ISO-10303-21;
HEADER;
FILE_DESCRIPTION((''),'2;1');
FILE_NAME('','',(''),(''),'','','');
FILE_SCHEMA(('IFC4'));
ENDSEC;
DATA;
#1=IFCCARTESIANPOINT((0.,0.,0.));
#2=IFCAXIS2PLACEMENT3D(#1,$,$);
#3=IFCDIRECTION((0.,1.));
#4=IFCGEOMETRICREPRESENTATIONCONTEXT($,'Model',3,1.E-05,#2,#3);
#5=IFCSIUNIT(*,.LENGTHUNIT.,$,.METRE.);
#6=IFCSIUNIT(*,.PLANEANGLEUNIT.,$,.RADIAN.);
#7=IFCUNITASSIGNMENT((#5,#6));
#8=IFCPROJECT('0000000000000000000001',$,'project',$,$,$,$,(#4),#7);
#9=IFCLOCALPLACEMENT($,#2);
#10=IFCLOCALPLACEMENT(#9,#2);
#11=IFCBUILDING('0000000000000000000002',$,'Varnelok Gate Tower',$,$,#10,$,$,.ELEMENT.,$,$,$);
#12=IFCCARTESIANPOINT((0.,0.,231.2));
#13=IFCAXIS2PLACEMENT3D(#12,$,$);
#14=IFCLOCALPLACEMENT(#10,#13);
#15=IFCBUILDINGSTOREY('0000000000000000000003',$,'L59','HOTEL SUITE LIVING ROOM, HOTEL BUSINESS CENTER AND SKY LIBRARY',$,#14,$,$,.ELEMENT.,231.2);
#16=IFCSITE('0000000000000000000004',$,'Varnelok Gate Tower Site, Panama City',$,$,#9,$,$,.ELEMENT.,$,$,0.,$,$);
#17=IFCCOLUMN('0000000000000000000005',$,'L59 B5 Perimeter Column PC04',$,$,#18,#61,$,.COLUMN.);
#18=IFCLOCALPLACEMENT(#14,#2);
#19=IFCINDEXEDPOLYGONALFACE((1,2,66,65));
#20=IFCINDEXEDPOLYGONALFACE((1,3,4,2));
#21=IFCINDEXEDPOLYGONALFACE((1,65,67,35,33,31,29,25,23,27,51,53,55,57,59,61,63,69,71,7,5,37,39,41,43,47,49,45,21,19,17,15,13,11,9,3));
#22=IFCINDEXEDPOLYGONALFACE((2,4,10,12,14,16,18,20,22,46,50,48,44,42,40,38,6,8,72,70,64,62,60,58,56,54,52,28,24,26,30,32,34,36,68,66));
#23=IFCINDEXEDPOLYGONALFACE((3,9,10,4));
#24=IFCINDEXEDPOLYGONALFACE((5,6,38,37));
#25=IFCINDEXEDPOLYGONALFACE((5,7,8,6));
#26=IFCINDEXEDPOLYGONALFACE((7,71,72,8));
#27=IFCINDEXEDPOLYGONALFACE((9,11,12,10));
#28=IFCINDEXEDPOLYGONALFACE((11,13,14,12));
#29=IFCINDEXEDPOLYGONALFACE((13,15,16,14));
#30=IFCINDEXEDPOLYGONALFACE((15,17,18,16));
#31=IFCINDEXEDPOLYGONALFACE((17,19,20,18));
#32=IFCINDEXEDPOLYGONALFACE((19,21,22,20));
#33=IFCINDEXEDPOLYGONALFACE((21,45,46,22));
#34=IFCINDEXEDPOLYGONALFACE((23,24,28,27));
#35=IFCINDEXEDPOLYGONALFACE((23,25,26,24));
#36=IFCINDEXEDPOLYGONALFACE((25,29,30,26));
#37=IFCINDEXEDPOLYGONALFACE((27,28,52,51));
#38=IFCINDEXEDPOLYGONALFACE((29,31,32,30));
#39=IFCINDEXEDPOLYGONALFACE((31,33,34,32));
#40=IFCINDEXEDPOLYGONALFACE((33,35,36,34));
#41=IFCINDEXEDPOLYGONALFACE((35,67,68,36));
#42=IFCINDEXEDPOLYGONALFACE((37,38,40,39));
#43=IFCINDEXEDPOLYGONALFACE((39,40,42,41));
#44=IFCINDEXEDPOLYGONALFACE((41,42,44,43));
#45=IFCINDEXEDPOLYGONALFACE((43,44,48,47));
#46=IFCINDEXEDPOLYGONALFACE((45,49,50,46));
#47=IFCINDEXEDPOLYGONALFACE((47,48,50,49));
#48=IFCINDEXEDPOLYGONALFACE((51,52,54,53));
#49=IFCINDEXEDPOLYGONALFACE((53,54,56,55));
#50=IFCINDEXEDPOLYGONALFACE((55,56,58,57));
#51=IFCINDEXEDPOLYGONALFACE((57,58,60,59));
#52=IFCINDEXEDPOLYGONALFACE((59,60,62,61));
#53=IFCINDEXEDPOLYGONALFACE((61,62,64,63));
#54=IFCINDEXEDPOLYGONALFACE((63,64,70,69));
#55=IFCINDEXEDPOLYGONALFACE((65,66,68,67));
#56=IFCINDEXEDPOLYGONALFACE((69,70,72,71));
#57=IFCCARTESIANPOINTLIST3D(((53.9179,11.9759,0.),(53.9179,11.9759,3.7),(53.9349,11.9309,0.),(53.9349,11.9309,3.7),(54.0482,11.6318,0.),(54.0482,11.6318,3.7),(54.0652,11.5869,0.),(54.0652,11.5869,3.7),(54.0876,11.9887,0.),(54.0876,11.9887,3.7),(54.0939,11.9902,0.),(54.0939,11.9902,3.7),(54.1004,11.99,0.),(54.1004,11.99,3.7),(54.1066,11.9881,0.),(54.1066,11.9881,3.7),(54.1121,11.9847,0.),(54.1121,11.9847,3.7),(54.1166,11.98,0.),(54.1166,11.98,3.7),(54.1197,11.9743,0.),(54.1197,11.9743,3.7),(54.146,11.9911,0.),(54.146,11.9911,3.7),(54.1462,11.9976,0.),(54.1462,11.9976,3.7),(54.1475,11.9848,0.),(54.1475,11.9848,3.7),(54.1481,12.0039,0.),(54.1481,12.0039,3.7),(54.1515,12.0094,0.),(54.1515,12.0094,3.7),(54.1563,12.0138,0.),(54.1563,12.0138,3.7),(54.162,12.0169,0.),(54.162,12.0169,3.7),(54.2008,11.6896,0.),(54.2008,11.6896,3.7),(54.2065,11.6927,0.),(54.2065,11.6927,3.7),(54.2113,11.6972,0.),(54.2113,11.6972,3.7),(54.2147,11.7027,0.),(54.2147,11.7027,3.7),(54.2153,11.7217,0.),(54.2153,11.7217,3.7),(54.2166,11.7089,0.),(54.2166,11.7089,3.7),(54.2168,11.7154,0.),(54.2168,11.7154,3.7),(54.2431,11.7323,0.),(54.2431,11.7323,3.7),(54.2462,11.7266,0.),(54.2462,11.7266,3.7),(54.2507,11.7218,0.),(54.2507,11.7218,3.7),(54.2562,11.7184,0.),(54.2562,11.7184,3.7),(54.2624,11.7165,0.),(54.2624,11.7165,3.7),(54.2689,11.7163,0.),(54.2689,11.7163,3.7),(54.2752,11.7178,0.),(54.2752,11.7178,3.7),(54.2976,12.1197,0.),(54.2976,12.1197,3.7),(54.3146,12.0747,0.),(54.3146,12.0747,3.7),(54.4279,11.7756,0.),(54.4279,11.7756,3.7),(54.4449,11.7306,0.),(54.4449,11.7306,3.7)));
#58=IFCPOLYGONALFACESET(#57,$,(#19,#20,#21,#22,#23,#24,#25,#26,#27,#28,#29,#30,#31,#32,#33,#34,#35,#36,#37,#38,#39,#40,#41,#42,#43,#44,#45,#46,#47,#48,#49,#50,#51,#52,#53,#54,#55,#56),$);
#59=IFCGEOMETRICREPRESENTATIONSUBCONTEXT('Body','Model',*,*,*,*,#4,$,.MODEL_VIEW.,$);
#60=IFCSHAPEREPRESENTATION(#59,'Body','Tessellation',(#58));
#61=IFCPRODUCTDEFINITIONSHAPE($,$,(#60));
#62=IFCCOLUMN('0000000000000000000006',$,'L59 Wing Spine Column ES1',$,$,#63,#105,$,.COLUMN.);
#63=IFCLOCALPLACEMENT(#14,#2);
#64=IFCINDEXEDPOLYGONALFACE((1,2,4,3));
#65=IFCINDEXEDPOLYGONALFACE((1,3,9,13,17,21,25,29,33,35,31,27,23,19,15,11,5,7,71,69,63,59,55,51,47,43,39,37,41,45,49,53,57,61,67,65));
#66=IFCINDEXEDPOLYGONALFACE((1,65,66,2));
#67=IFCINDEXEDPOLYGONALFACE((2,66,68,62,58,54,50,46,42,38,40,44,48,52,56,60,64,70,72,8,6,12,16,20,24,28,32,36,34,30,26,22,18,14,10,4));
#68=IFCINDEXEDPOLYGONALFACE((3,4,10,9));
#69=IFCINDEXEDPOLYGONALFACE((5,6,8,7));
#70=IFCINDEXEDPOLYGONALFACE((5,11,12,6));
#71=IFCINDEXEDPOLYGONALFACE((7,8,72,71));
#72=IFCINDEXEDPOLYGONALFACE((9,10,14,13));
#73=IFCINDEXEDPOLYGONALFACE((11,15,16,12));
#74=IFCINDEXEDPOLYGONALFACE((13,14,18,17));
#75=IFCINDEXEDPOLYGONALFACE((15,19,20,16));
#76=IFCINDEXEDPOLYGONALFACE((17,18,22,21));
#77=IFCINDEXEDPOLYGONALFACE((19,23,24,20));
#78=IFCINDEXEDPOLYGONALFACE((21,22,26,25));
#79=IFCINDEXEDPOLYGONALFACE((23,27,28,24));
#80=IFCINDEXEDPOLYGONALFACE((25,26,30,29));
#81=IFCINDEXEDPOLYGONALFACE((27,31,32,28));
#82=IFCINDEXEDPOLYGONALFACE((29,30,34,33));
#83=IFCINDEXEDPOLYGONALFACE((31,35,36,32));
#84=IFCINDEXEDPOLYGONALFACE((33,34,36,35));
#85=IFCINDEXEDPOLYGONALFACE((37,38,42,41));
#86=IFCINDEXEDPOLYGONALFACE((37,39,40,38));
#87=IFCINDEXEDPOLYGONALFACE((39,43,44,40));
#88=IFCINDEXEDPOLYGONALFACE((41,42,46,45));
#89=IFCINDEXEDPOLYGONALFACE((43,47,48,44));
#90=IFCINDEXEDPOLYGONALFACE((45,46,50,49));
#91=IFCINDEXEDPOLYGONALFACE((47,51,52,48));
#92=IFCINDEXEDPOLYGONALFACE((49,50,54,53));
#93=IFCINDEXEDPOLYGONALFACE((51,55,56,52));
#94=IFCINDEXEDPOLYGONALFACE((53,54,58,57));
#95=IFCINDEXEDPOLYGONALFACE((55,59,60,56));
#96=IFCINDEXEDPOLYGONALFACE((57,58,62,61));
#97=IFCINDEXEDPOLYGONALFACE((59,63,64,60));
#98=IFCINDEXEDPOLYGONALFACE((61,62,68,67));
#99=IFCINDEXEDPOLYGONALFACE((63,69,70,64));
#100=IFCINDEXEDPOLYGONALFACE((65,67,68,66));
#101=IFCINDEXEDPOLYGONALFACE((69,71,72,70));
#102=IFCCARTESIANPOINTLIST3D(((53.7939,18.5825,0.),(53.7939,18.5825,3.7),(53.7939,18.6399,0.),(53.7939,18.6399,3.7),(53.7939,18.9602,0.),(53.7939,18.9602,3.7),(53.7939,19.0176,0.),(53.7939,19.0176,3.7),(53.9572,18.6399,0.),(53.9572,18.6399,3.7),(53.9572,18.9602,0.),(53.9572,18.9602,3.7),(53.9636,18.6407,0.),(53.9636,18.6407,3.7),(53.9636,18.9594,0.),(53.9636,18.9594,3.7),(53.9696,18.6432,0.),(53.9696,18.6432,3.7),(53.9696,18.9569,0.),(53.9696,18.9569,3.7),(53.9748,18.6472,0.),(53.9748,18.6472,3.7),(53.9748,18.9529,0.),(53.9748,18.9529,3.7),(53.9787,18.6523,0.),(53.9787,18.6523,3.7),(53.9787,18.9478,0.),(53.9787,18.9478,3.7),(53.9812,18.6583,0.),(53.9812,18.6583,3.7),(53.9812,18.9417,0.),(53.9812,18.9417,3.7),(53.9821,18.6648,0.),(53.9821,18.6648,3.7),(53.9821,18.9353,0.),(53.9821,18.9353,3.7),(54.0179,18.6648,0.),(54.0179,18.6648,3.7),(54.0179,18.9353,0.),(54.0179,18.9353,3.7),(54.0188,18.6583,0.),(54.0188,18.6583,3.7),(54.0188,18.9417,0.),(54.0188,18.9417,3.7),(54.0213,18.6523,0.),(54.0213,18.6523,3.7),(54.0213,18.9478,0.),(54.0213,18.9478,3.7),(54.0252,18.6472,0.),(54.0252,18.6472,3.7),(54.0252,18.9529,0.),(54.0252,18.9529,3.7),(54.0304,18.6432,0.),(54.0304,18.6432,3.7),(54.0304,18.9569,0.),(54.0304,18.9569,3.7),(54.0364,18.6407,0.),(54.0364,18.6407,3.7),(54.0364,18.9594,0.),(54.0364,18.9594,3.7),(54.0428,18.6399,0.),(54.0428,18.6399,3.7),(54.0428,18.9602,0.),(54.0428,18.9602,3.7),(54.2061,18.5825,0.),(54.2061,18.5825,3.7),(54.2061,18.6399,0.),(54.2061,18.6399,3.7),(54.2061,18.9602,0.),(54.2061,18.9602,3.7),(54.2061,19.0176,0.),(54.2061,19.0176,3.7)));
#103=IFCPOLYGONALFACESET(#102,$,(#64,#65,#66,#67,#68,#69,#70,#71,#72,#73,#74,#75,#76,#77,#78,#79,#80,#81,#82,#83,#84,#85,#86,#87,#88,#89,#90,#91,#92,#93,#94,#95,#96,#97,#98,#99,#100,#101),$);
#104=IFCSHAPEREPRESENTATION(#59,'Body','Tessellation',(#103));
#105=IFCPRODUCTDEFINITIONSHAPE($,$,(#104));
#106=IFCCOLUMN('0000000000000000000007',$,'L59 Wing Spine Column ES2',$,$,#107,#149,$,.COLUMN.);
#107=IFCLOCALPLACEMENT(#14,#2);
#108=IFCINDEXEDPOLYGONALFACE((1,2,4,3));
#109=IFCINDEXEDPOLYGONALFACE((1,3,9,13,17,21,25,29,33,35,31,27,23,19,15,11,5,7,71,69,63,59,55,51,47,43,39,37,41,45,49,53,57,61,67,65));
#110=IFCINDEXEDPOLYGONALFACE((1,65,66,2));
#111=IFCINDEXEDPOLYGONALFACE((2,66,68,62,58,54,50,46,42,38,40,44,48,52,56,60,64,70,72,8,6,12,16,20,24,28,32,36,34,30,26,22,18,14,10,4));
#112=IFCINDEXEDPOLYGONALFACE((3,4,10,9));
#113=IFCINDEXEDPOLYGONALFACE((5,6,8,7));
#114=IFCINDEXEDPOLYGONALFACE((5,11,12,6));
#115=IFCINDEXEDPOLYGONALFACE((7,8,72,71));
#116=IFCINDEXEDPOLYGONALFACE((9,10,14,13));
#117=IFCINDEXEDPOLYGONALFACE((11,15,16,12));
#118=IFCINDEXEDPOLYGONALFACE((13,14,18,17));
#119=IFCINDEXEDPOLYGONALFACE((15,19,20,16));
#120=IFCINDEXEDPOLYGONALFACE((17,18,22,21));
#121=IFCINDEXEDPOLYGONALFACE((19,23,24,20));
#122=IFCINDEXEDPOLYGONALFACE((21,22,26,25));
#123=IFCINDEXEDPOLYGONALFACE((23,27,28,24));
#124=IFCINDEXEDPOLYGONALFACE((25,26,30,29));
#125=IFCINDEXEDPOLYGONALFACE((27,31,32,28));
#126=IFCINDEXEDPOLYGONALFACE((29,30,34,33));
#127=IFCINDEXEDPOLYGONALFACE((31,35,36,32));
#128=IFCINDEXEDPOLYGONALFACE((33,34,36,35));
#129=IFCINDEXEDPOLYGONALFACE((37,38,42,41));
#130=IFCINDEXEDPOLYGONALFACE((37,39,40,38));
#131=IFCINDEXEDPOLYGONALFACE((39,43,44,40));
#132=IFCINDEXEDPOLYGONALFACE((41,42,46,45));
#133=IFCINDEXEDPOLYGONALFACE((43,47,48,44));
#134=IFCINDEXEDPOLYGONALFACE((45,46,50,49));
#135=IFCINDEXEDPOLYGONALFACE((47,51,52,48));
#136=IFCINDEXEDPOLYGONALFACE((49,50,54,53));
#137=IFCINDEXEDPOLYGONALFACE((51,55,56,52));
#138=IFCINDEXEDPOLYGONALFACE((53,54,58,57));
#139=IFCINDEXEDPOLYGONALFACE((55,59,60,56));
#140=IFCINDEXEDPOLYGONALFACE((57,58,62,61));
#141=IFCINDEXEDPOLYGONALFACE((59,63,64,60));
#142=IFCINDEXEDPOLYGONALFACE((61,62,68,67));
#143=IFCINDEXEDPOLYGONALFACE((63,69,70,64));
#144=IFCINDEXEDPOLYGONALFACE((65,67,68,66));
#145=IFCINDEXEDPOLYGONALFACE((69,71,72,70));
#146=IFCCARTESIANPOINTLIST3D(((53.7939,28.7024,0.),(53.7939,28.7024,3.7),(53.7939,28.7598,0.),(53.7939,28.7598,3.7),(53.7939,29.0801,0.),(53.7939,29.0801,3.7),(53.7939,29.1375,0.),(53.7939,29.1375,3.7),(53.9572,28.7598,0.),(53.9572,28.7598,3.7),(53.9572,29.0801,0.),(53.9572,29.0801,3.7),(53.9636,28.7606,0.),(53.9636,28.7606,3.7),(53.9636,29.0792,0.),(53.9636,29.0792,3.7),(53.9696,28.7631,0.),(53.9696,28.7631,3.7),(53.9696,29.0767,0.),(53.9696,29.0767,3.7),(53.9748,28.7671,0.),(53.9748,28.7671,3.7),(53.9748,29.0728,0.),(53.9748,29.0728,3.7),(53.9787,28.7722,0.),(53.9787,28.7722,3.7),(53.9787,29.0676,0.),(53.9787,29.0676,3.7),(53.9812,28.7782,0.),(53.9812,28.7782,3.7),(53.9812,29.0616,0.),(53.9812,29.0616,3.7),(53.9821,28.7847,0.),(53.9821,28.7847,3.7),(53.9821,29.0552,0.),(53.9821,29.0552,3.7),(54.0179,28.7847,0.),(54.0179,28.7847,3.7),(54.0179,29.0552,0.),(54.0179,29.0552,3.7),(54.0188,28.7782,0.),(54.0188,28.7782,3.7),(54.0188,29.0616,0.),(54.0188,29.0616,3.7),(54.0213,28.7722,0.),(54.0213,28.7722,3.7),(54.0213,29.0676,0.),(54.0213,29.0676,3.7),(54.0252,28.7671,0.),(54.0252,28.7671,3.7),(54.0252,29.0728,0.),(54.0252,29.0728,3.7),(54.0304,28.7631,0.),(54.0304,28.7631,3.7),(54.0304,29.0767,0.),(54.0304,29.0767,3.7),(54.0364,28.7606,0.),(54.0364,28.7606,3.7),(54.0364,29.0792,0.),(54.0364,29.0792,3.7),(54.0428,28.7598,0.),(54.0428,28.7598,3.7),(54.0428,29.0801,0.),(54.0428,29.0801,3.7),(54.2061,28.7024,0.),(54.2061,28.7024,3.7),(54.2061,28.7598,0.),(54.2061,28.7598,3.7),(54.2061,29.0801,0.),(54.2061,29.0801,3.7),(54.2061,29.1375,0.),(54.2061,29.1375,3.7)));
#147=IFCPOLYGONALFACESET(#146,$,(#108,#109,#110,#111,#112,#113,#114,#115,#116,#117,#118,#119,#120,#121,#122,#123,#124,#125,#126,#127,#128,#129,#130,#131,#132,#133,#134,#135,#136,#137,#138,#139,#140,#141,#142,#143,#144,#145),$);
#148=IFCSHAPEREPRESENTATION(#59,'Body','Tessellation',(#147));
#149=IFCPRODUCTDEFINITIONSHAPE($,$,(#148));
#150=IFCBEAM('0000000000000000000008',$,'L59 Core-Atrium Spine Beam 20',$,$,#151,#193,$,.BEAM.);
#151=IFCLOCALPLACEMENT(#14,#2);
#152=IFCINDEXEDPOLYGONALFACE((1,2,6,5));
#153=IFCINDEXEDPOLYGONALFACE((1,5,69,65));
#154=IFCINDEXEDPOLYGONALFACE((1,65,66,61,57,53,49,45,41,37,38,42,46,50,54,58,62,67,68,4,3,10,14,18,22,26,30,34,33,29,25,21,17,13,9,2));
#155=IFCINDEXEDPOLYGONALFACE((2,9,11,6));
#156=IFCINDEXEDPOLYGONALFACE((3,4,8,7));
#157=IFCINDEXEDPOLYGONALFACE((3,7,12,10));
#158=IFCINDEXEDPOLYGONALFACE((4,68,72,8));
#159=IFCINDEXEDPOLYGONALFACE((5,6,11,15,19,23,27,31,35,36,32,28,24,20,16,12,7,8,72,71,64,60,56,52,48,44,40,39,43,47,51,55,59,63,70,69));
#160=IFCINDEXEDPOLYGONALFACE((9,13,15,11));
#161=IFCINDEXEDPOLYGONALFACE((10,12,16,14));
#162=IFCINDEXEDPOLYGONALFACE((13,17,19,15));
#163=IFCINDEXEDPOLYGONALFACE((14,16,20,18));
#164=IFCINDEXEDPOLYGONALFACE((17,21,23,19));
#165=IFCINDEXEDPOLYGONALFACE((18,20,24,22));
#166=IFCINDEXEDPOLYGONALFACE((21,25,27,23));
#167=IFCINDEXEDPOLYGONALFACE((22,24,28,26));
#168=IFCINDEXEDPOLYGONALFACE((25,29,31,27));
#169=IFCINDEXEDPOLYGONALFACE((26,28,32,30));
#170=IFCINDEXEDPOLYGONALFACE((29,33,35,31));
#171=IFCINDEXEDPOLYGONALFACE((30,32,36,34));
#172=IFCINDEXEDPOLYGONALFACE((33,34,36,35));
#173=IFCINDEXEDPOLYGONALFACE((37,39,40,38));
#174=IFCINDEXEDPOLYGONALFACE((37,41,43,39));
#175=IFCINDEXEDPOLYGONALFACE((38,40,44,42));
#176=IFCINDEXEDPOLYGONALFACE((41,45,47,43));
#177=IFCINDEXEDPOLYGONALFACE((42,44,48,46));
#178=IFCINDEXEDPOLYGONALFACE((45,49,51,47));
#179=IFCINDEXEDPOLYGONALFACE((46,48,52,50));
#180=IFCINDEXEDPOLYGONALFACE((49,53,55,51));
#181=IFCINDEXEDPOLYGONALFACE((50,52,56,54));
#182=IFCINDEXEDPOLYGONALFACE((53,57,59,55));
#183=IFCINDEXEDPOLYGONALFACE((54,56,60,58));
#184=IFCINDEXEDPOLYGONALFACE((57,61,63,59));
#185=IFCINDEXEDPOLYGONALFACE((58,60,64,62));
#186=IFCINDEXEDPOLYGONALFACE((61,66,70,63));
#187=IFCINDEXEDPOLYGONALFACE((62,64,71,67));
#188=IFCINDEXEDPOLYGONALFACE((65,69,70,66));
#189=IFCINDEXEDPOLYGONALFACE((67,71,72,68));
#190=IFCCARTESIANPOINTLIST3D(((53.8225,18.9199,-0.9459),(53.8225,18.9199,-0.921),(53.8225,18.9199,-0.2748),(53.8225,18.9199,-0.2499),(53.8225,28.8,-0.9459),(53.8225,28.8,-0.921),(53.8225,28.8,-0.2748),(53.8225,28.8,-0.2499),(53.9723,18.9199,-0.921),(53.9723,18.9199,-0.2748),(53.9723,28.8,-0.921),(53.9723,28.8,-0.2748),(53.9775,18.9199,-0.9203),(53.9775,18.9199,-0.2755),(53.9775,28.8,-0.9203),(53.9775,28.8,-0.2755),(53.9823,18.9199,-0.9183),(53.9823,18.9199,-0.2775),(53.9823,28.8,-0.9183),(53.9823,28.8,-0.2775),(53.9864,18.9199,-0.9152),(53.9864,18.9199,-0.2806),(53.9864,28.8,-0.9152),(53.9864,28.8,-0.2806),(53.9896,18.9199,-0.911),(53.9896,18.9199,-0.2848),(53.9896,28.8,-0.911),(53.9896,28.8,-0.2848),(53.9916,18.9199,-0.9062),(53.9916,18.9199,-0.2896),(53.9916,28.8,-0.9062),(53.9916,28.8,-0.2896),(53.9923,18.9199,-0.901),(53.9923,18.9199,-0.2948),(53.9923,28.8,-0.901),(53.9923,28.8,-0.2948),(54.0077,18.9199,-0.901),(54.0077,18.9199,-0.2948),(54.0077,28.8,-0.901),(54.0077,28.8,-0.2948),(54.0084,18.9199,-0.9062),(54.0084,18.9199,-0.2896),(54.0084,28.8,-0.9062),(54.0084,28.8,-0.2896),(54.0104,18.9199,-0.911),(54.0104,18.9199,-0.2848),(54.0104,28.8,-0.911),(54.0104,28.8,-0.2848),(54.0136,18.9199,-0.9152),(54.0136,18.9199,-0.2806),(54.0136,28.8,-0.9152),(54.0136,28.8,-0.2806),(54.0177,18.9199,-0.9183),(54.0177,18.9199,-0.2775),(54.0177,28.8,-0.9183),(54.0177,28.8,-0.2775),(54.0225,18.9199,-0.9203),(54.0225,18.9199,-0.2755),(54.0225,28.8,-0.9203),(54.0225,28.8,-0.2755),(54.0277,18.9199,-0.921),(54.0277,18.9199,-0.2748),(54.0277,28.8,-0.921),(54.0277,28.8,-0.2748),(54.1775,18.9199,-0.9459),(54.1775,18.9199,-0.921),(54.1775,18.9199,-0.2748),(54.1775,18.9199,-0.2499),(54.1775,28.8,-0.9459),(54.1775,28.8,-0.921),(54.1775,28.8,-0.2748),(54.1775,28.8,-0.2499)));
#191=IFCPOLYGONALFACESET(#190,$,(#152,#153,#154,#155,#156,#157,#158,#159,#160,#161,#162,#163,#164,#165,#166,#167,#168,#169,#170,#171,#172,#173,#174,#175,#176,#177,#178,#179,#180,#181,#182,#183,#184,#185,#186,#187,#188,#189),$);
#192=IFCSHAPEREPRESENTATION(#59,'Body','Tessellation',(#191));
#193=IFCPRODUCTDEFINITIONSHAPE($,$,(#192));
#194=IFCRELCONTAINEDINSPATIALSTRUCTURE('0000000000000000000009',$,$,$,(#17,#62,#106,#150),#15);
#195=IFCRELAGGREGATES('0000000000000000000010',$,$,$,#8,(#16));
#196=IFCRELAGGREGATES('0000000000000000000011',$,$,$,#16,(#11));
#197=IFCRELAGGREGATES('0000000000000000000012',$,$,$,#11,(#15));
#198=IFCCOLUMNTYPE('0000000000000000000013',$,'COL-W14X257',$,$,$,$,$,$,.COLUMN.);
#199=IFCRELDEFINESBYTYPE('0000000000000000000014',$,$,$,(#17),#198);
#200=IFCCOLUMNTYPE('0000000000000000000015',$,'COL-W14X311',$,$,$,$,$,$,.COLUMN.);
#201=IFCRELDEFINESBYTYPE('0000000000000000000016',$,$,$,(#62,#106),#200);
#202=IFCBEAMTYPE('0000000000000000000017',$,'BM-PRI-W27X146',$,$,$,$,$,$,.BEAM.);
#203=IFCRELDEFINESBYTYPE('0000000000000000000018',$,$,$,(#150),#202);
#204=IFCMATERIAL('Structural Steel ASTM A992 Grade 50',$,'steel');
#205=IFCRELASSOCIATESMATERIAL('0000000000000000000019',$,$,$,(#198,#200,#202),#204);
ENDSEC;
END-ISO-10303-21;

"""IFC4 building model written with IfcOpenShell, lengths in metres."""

from ifc_helpers import new_model, si_unit, direction, frame, origin, origin_2d, place, context, subcontext, project, spatial, i_section, extrude, material, material_profile, profile_set, type_object, element, save


model = new_model("IFC4")

# Units and contexts
model_context = context("Model", 3, precision=1e-05, world=origin(), true_north=direction((0.0, 1.0)))
body_context = subcontext(model_context, "Body", "Model", "MODEL_VIEW")
ifc_project = project(units=[si_unit("LENGTHUNIT", "METRE"), si_unit("PLANEANGLEUNIT", "RADIAN")], contexts=[model_context])

# Site, building, storey
site_placement = place(None, origin())
site = spatial("IfcSite", under=ifc_project, at=site_placement, Name="Varnelok Gate Tower Site, Panama City", CompositionType="ELEMENT", RefElevation=0.0)
building_placement = place(site_placement, origin())
building = spatial("IfcBuilding", under=site, at=building_placement, Name="Varnelok Gate Tower", CompositionType="ELEMENT")
storey_placement = place(building_placement, frame((0.0, 0.0, 231.2)))
storey = spatial("IfcBuildingStorey", under=building, at=storey_placement, Name="L59", Description="HOTEL SUITE LIVING ROOM, HOTEL BUSINESS CENTER AND SKY LIBRARY", CompositionType="ELEMENT", Elevation=231.2)

# Columns
ifc_material_1 = material(Name="Structural Steel ASTM A992 Grade 50", Category="steel")
ifc_material_profile_1 = material_profile(ifc_material_1, i_section(OverallWidth=0.406, OverallDepth=0.416, WebThickness=0.0298, FlangeThickness=0.0481, FilletRadius=0.0249, at=origin_2d()), Name="W14X257")
ifc_profile_set_1 = profile_set([ifc_material_profile_1], Name="Structural Steel ASTM A992 Grade 50")
column_type_1 = type_object("IfcColumnType", Name="COL-W14X257", PredefinedType="COLUMN", material=ifc_profile_set_1)
column_placement = place(storey_placement, frame((54.1814, 11.8533, 0.0), z_axis=(0.0, 0.0, 1.0), x_axis=(0.935222, 0.354063, 0.0)))
element("IfcColumn", 1, at=column_placement, inside=storey, type_object=column_type_1, Name="L59 B5 Perimeter Column PC04", PredefinedType="COLUMN", context=body_context, shape_type="SweptSolid", body=[
    extrude(i_section(OverallWidth=0.406, OverallDepth=0.416, WebThickness=0.0298, FlangeThickness=0.0481, FilletRadius=0.0249, at=origin_2d()), origin(), (0.0, 0.0, 1.0), 3.7),
])
ifc_material_profile_2 = material_profile(ifc_material_1, i_section(OverallWidth=0.4121, OverallDepth=0.4351, WebThickness=0.0359, FlangeThickness=0.0574, FilletRadius=0.0249, at=origin_2d()), Name="W14X311")
ifc_profile_set_2 = profile_set([ifc_material_profile_2], Name="Structural Steel ASTM A992 Grade 50")
column_type_2 = type_object("IfcColumnType", Name="COL-W14X311", PredefinedType="COLUMN", material=ifc_profile_set_2)
for number, where, z_axis, x_axis, name in (
    (2, (54.0, 18.8, 0.0), (0.0, 0.0, 1.0), (1.0, 0.0, 0.0), "L59 Wing Spine Column ES1"),
    (3, (54.0, 28.9199, 0.0), (0.0, 0.0, 1.0), (1.0, 0.0, 0.0), "L59 Wing Spine Column ES2"),
):
    element("IfcColumn", number, at=place(storey_placement, frame(where, z_axis=z_axis, x_axis=x_axis)), inside=storey, type_object=column_type_2, Name=name, PredefinedType="COLUMN", context=body_context, shape_type="SweptSolid", body=[
        extrude(i_section(OverallWidth=0.4121, OverallDepth=0.4351, WebThickness=0.0359, FlangeThickness=0.0574, FilletRadius=0.0249, at=origin_2d()), origin(), (0.0, 0.0, 1.0), 3.7),
    ])

# Beam
ifc_material_profile_3 = material_profile(ifc_material_1, i_section(OverallWidth=0.355, OverallDepth=0.696, WebThickness=0.0154, FlangeThickness=0.0249, FilletRadius=0.02, at=origin_2d()), Name="W27X146")
ifc_profile_set_3 = profile_set([ifc_material_profile_3], Name="Structural Steel ASTM A992 Grade 50")
beam_type = type_object("IfcBeamType", Name="BM-PRI-W27X146", PredefinedType="BEAM", material=ifc_profile_set_3)
beam_1_placement = place(storey_placement, frame((54.0, 18.9199, -0.5979), z_axis=(0.0, 1.0, 0.0), x_axis=(-1.0, 0.0, 0.0)))
element("IfcBeam", 4, at=beam_1_placement, inside=storey, type_object=beam_type, Name="L59 Core-Atrium Spine Beam 20", PredefinedType="BEAM", context=body_context, shape_type="SweptSolid", body=[
    extrude(i_section(OverallWidth=0.355, OverallDepth=0.696, WebThickness=0.0154, FlangeThickness=0.0249, FilletRadius=0.02, at=origin_2d()), origin(), (0.0, 0.0, 1.0), 9.8801),
])

save(model, "model.ifc")
